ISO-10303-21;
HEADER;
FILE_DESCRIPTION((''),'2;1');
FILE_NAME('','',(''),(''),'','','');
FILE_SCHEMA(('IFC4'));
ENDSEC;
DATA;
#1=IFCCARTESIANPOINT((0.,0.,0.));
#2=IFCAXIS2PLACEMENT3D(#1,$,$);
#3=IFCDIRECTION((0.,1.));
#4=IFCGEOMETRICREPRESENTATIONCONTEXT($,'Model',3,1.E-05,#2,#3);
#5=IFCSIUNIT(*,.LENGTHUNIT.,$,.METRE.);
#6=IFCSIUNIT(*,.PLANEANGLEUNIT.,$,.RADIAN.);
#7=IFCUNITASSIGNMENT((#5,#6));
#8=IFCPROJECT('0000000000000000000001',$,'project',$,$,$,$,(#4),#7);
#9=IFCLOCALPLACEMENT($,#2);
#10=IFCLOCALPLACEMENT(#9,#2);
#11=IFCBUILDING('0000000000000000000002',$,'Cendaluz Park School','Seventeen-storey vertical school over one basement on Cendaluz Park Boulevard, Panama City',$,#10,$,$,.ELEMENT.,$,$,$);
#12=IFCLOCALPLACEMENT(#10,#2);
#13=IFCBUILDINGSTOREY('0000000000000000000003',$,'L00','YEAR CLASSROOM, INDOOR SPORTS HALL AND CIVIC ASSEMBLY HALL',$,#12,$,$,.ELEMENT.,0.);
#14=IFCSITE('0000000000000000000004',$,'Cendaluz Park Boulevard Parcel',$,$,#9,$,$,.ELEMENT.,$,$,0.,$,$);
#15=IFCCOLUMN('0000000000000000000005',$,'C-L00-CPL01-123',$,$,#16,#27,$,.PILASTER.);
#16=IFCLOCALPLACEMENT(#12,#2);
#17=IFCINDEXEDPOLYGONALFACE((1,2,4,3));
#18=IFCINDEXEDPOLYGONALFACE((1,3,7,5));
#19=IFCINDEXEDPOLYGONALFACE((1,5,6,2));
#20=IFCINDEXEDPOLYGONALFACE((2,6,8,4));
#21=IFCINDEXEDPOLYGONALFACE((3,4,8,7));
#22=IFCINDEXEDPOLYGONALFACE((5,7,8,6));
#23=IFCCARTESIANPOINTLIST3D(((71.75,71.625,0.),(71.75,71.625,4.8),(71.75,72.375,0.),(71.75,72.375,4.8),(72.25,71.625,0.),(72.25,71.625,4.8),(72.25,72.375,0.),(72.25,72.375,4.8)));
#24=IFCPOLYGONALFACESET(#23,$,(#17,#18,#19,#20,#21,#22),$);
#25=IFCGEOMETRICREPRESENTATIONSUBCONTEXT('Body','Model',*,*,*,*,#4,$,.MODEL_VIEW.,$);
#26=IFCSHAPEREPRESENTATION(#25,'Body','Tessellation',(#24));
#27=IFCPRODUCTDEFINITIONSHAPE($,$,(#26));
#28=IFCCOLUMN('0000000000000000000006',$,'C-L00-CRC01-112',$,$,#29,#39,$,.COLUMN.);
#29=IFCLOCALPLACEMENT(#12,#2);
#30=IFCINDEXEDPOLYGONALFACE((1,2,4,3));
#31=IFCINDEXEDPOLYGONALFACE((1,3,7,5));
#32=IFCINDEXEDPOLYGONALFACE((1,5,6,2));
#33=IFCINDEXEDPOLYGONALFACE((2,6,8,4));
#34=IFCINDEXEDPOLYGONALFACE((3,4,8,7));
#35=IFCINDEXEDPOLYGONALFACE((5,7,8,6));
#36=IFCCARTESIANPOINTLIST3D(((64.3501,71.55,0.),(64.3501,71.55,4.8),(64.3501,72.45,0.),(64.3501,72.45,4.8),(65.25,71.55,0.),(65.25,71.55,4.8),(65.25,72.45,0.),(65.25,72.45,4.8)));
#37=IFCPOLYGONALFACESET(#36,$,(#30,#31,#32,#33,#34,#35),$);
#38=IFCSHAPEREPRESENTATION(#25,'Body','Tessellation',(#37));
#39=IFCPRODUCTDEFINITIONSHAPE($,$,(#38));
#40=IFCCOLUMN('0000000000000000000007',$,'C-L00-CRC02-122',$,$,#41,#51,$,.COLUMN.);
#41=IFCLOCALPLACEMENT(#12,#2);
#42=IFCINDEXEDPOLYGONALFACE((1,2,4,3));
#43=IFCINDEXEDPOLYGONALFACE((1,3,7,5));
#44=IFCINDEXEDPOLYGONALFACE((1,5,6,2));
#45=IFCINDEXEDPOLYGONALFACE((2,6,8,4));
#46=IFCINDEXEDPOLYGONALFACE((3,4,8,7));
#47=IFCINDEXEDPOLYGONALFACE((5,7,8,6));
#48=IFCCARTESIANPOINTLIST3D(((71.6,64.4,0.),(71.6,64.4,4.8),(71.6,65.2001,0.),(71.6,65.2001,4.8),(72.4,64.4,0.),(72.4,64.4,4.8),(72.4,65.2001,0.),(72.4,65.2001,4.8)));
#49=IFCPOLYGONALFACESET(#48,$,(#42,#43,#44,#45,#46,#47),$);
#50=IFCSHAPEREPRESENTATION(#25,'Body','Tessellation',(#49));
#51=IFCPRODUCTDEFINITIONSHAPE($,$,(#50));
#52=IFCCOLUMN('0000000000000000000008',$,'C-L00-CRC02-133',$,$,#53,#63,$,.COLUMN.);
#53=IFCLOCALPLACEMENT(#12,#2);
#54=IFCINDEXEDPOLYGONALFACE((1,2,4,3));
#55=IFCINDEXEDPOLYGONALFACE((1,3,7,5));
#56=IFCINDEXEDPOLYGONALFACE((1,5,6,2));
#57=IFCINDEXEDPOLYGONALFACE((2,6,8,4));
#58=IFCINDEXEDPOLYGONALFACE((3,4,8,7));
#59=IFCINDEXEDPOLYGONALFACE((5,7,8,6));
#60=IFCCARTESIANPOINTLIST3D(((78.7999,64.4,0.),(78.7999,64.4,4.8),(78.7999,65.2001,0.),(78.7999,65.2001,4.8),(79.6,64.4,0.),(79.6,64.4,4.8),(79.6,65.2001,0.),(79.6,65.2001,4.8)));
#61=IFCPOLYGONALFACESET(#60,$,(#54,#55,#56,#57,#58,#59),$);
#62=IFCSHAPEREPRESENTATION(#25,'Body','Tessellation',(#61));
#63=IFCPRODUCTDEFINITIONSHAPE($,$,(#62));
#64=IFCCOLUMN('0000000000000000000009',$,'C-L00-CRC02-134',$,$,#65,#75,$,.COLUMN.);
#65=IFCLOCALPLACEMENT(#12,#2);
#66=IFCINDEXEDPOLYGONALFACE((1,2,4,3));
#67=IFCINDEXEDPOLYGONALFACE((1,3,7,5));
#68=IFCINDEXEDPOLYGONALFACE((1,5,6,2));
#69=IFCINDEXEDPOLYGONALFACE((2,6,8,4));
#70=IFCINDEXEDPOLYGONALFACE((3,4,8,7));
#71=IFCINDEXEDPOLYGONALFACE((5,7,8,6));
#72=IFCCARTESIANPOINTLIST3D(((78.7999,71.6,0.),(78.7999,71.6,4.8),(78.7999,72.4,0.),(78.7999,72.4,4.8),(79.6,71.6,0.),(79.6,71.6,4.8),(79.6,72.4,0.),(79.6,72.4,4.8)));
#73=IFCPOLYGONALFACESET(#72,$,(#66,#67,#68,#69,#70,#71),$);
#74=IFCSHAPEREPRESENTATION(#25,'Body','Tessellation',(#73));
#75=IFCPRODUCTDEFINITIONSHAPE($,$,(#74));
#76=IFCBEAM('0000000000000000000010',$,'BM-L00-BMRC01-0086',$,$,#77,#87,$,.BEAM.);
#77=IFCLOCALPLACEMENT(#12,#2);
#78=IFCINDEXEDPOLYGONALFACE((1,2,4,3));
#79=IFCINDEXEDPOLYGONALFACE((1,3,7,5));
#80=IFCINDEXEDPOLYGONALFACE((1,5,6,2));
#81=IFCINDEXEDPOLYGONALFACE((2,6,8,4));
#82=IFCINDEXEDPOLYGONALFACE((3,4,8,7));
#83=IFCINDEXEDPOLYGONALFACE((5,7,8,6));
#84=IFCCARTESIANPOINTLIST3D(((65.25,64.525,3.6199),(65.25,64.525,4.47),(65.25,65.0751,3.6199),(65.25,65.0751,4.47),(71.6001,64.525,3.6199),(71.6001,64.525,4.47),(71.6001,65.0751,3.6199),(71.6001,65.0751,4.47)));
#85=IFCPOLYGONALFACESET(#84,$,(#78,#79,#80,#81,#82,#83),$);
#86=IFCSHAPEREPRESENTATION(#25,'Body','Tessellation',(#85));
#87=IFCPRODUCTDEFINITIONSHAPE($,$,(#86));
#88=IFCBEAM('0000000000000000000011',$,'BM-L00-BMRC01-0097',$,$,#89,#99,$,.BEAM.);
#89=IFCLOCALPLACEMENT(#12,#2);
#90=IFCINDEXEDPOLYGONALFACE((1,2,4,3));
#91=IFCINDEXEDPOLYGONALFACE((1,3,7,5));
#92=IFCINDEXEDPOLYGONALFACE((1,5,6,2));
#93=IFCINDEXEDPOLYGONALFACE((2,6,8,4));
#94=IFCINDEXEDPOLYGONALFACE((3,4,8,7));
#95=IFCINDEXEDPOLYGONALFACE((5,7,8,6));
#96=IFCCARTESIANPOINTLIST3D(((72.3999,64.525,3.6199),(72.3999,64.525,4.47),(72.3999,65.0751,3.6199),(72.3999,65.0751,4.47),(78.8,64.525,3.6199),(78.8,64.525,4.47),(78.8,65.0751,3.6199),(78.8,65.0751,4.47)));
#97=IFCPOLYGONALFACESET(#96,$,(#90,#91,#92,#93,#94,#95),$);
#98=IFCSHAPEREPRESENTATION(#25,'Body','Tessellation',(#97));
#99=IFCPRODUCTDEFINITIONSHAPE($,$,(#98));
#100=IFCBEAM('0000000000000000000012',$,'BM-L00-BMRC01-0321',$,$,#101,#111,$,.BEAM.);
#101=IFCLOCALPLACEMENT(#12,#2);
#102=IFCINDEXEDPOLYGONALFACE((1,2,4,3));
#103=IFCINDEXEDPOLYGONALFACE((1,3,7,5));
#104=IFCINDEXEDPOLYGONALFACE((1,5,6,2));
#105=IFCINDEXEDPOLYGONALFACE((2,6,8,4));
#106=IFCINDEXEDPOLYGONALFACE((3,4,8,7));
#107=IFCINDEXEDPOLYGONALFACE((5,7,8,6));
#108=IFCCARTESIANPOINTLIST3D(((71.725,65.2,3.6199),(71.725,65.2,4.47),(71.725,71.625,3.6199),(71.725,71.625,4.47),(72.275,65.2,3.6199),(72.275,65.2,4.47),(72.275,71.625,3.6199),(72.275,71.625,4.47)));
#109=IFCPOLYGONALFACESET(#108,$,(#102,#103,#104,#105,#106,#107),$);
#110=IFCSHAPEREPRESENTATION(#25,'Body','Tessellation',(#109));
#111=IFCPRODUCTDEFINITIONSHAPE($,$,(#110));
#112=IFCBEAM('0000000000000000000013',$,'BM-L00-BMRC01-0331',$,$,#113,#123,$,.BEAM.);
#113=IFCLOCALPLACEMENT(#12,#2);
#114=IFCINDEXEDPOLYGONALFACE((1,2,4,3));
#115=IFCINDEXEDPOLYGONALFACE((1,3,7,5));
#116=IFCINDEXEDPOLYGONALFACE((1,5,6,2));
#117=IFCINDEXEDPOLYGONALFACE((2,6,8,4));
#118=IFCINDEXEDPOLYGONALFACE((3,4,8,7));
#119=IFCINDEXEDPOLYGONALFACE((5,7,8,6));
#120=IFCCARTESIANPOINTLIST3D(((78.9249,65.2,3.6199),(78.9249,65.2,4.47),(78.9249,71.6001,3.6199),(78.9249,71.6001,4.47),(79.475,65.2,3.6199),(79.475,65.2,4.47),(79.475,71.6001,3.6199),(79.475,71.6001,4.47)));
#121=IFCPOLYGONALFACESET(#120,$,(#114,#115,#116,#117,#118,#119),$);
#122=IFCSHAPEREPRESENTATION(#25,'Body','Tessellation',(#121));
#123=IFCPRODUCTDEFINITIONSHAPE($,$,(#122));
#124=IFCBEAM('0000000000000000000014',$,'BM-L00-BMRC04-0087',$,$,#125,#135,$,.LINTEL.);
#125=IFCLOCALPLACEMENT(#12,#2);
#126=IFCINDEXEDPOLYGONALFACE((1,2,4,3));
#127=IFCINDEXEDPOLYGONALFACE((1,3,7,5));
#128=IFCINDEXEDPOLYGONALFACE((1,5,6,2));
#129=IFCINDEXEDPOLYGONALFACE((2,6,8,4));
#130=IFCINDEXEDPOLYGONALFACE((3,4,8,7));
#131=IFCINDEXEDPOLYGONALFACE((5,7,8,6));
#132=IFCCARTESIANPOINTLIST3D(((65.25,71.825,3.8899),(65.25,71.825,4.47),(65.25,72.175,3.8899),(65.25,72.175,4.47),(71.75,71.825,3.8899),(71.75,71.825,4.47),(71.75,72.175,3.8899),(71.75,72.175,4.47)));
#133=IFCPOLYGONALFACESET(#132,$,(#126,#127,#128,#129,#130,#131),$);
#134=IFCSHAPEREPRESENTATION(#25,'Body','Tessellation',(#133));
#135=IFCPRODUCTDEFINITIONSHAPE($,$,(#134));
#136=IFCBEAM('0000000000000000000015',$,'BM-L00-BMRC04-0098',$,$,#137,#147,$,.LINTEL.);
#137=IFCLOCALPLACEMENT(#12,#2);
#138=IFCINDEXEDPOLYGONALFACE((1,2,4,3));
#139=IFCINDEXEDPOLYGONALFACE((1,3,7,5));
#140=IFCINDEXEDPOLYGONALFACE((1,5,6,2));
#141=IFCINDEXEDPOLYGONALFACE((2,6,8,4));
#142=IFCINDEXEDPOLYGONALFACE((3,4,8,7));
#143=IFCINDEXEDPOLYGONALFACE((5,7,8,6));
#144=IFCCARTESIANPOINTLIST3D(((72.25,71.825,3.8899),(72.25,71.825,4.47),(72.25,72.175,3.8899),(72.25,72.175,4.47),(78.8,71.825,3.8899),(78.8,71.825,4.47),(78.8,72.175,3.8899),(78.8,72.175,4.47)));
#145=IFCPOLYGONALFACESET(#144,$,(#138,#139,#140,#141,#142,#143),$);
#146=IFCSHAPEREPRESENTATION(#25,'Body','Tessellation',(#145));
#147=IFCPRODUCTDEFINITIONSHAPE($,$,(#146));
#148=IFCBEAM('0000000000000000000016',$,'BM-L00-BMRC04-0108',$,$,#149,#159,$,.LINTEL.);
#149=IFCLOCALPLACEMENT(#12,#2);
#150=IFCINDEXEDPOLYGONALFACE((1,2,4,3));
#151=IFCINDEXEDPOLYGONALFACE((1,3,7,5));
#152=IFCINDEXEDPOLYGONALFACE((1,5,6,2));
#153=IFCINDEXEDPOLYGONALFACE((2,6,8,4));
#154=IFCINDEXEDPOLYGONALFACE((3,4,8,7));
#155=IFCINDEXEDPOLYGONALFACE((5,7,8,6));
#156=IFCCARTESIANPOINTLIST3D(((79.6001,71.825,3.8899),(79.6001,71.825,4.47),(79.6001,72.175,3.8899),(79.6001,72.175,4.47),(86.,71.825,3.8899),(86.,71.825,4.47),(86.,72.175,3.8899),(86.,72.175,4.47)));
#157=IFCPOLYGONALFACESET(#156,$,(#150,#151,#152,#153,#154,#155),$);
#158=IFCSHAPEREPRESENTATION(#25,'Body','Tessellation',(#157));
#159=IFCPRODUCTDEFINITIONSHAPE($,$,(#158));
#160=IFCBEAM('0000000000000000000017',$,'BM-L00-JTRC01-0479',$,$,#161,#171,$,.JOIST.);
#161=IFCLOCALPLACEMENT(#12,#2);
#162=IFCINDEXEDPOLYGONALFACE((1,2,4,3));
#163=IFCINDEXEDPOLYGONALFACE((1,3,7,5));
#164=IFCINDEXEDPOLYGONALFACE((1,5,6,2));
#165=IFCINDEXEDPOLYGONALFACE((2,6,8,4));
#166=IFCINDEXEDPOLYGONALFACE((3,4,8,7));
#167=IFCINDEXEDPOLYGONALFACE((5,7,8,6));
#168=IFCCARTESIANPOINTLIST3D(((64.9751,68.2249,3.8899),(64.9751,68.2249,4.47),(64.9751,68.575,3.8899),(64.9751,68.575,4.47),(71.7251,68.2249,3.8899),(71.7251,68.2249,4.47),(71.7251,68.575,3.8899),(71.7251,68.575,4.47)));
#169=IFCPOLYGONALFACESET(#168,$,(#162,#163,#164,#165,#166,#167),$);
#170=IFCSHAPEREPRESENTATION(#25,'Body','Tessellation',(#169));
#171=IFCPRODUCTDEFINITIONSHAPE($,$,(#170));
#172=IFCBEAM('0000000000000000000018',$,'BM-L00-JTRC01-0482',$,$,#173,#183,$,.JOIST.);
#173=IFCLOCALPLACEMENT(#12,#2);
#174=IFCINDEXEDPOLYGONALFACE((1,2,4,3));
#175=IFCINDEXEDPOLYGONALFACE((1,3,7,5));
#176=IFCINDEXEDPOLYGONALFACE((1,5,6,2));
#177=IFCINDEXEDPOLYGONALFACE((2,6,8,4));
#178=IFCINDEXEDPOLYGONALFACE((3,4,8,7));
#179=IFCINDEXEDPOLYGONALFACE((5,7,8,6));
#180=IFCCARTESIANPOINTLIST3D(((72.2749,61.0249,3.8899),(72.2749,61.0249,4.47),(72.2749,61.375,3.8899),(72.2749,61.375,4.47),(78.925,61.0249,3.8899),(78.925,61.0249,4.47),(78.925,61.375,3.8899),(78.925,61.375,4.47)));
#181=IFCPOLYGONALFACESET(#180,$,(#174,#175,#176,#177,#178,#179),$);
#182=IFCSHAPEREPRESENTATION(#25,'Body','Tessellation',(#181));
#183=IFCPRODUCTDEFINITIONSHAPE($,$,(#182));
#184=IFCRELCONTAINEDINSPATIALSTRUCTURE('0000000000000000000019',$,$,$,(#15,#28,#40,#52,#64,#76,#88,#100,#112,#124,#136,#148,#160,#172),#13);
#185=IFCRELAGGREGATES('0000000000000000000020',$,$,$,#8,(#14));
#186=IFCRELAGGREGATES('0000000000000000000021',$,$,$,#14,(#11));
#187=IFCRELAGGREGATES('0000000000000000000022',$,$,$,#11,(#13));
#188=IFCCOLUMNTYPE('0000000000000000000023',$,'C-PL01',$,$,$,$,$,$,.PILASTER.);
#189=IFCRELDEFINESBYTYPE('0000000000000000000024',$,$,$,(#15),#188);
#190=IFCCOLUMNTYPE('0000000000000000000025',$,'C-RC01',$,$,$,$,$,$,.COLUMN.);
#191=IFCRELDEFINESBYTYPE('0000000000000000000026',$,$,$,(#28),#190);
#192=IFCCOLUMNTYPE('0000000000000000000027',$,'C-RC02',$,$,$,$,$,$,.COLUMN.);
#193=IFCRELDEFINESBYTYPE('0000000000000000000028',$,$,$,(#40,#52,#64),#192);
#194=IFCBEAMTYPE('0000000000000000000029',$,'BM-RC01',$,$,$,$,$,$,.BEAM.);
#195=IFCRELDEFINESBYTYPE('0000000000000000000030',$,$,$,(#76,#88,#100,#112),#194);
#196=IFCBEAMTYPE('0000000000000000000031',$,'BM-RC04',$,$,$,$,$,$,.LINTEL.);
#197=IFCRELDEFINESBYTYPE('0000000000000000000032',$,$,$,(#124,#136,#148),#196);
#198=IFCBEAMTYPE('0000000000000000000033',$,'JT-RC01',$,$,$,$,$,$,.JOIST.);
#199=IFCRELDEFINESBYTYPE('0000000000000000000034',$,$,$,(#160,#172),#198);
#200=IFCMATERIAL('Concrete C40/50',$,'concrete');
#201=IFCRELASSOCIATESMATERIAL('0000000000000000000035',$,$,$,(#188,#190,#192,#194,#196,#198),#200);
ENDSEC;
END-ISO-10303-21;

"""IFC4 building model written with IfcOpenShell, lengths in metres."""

from ifc_helpers import new_model, si_unit, direction, frame, origin, origin_2d, place, context, subcontext, project, spatial, rectangle, extrude, material, material_profile, profile_set, type_object, element, save


model = new_model("IFC4")

# Units and contexts
model_context = context("Model", 3, precision=1e-05, world=origin(), true_north=direction((0.0, 1.0)))
body_context = subcontext(model_context, "Body", "Model", "MODEL_VIEW")
ifc_project = project(units=[si_unit("LENGTHUNIT", "METRE"), si_unit("PLANEANGLEUNIT", "RADIAN")], contexts=[model_context])

# Site, building, storey
site_placement = place(None, origin())
site = spatial("IfcSite", under=ifc_project, at=site_placement, Name="Cendaluz Park Boulevard Parcel", CompositionType="ELEMENT", RefElevation=0.0)
building_placement = place(site_placement, origin())
building = spatial("IfcBuilding", under=site, at=building_placement, Name="Cendaluz Park School", Description="Seventeen-storey vertical school over one basement on Cendaluz Park Boulevard, Panama City", CompositionType="ELEMENT")
storey_placement = place(building_placement, origin())
storey = spatial("IfcBuildingStorey", under=building, at=storey_placement, Name="L00", Description="YEAR CLASSROOM, INDOOR SPORTS HALL AND CIVIC ASSEMBLY HALL", CompositionType="ELEMENT", Elevation=0.0)

# Columns
ifc_material_1 = material(Name="Concrete C40/50", Category="concrete")
ifc_material_profile_1 = material_profile(ifc_material_1, rectangle(XDim=0.5, YDim=0.75, at=origin_2d()), Name="RC 500x750", Category="concrete")
ifc_profile_set_1 = profile_set([ifc_material_profile_1], Name="Concrete C40/50")
column_type_1 = type_object("IfcColumnType", Name="C-PL01", PredefinedType="PILASTER", material=ifc_profile_set_1)
column_1_placement = place(storey_placement, frame((72.0, 72.0, 0.0), z_axis=(0.0, 0.0, 1.0), x_axis=(1.0, 0.0, 0.0)))
element("IfcColumn", 1, at=column_1_placement, inside=storey, type_object=column_type_1, Name="C-L00-CPL01-123", PredefinedType="PILASTER", context=body_context, shape_type="SweptSolid", body=[
    extrude(rectangle(XDim=0.5, YDim=0.75, at=origin_2d()), origin(), (0.0, 0.0, 1.0), 4.8),
])
ifc_material_profile_2 = material_profile(ifc_material_1, rectangle(XDim=0.8999, YDim=0.8999, at=origin_2d()), Name="RC 900x900", Category="concrete")
ifc_profile_set_2 = profile_set([ifc_material_profile_2], Name="Concrete C40/50")
column_type_2 = type_object("IfcColumnType", Name="C-RC01", PredefinedType="COLUMN", material=ifc_profile_set_2)
column_2_placement = place(storey_placement, frame((64.8, 72.0, 0.0), z_axis=(0.0, 0.0, 1.0), x_axis=(1.0, 0.0, 0.0)))
element("IfcColumn", 2, at=column_2_placement, inside=storey, type_object=column_type_2, Name="C-L00-CRC01-112", PredefinedType="COLUMN", context=body_context, shape_type="SweptSolid", body=[
    extrude(rectangle(XDim=0.8999, YDim=0.8999, at=origin_2d()), origin(), (0.0, 0.0, 1.0), 4.8),
])
ifc_material_profile_3 = material_profile(ifc_material_1, rectangle(XDim=0.8, YDim=0.8, at=origin_2d()), Name="RC 800x800", Category="concrete")
ifc_profile_set_3 = profile_set([ifc_material_profile_3], Name="Concrete C40/50")
column_type_3 = type_object("IfcColumnType", Name="C-RC02", PredefinedType="COLUMN", material=ifc_profile_set_3)
for number, where, z_axis, x_axis, name in (
    (3, (72.0, 64.8, 0.0), (0.0, 0.0, 1.0), (1.0, 0.0, 0.0), "C-L00-CRC02-122"),
    (4, (79.2, 64.8, 0.0), (0.0, 0.0, 1.0), (1.0, 0.0, 0.0), "C-L00-CRC02-133"),
    (5, (79.2, 72.0, 0.0), (0.0, 0.0, 1.0), (1.0, 0.0, 0.0), "C-L00-CRC02-134"),
):
    element("IfcColumn", number, at=place(storey_placement, frame(where, z_axis=z_axis, x_axis=x_axis)), inside=storey, type_object=column_type_3, Name=name, PredefinedType="COLUMN", context=body_context, shape_type="SweptSolid", body=[
        extrude(rectangle(XDim=0.8, YDim=0.8, at=origin_2d()), origin(), (0.0, 0.0, 1.0), 4.8),
    ])

# Beams
ifc_material_profile_4 = material_profile(ifc_material_1, rectangle(XDim=0.55, YDim=0.8501, at=origin_2d()), Name="RC 550x850", Category="concrete")
ifc_profile_set_4 = profile_set([ifc_material_profile_4], Name="Concrete C40/50")
beam_type_1 = type_object("IfcBeamType", Name="BM-RC01", PredefinedType="BEAM", material=ifc_profile_set_4)
beam_1_placement = place(storey_placement, frame((65.25, 64.8, 4.0449), z_axis=(1.0, 0.0, 0.0), x_axis=(0.0, 1.0, 0.0)))
element("IfcBeam", 6, at=beam_1_placement, inside=storey, type_object=beam_type_1, Name="BM-L00-BMRC01-0086", PredefinedType="BEAM", context=body_context, shape_type="SweptSolid", body=[
    extrude(rectangle(XDim=0.55, YDim=0.8501, at=origin_2d()), origin(), (0.0, 0.0, 1.0), 6.3501),
])
beam_2_placement = place(storey_placement, frame((72.3999, 64.8, 4.0449), z_axis=(1.0, 0.0, 0.0), x_axis=(0.0, 1.0, 0.0)))
element("IfcBeam", 7, at=beam_2_placement, inside=storey, type_object=beam_type_1, Name="BM-L00-BMRC01-0097", PredefinedType="BEAM", context=body_context, shape_type="SweptSolid", body=[
    extrude(rectangle(XDim=0.55, YDim=0.8501, at=origin_2d()), origin(), (0.0, 0.0, 1.0), 6.4001),
])
beam_3_placement = place(storey_placement, frame((72.0, 65.2, 4.0449), z_axis=(0.0, 1.0, 0.0), x_axis=(-1.0, 0.0, 0.0)))
element("IfcBeam", 8, at=beam_3_placement, inside=storey, type_object=beam_type_1, Name="BM-L00-BMRC01-0321", PredefinedType="BEAM", context=body_context, shape_type="SweptSolid", body=[
    extrude(rectangle(XDim=0.55, YDim=0.8501, at=origin_2d()), origin(), (0.0, 0.0, 1.0), 6.425),
])
beam_4_placement = place(storey_placement, frame((79.2, 65.2, 4.0449), z_axis=(0.0, 1.0, 0.0), x_axis=(-1.0, 0.0, 0.0)))
element("IfcBeam", 9, at=beam_4_placement, inside=storey, type_object=beam_type_1, Name="BM-L00-BMRC01-0331", PredefinedType="BEAM", context=body_context, shape_type="SweptSolid", body=[
    extrude(rectangle(XDim=0.55, YDim=0.8501, at=origin_2d()), origin(), (0.0, 0.0, 1.0), 6.4001),
])
ifc_material_profile_5 = material_profile(ifc_material_1, rectangle(XDim=0.3501, YDim=0.5801, at=origin_2d()), Name="RC 350x580", Category="concrete")
ifc_profile_set_5 = profile_set([ifc_material_profile_5], Name="Concrete C40/50")
beam_type_2 = type_object("IfcBeamType", Name="BM-RC04", PredefinedType="LINTEL", material=ifc_profile_set_5)
beam_5_placement = place(storey_placement, frame((65.25, 72.0, 4.1799), z_axis=(1.0, 0.0, 0.0), x_axis=(0.0, 1.0, 0.0)))
element("IfcBeam", 10, at=beam_5_placement, inside=storey, type_object=beam_type_2, Name="BM-L00-BMRC04-0087", PredefinedType="LINTEL", context=body_context, shape_type="SweptSolid", body=[
    extrude(rectangle(XDim=0.3501, YDim=0.5801, at=origin_2d()), origin(), (0.0, 0.0, 1.0), 6.5),
])
beam_6_placement = place(storey_placement, frame((72.25, 72.0, 4.1799), z_axis=(1.0, 0.0, 0.0), x_axis=(0.0, 1.0, 0.0)))
element("IfcBeam", 11, at=beam_6_placement, inside=storey, type_object=beam_type_2, Name="BM-L00-BMRC04-0098", PredefinedType="LINTEL", context=body_context, shape_type="SweptSolid", body=[
    extrude(rectangle(XDim=0.3501, YDim=0.5801, at=origin_2d()), origin(), (0.0, 0.0, 1.0), 6.55),
])
beam_7_placement = place(storey_placement, frame((79.6001, 72.0, 4.1799), z_axis=(1.0, 0.0, 0.0), x_axis=(0.0, 1.0, 0.0)))
element("IfcBeam", 12, at=beam_7_placement, inside=storey, type_object=beam_type_2, Name="BM-L00-BMRC04-0108", PredefinedType="LINTEL", context=body_context, shape_type="SweptSolid", body=[
    extrude(rectangle(XDim=0.3501, YDim=0.5801, at=origin_2d()), origin(), (0.0, 0.0, 1.0), 6.3999),
])
ifc_material_profile_6 = material_profile(ifc_material_1, rectangle(XDim=0.3501, YDim=0.5801, at=origin_2d()), Name="RC 350x580", Category="concrete")
ifc_profile_set_6 = profile_set([ifc_material_profile_6], Name="Concrete C40/50")
beam_type_3 = type_object("IfcBeamType", Name="JT-RC01", PredefinedType="JOIST", material=ifc_profile_set_6)
beam_8_placement = place(storey_placement, frame((64.9751, 68.3999, 4.1799), z_axis=(1.0, 0.0, 0.0), x_axis=(0.0, 1.0, 0.0)))
element("IfcBeam", 13, at=beam_8_placement, inside=storey, type_object=beam_type_3, Name="BM-L00-JTRC01-0479", PredefinedType="JOIST", context=body_context, shape_type="SweptSolid", body=[
    extrude(rectangle(XDim=0.3501, YDim=0.5801, at=origin_2d()), origin(), (0.0, 0.0, 1.0), 6.75),
])
beam_9_placement = place(storey_placement, frame((72.2749, 61.2, 4.1799), z_axis=(1.0, 0.0, 0.0), x_axis=(0.0, 1.0, 0.0)))
element("IfcBeam", 14, at=beam_9_placement, inside=storey, type_object=beam_type_3, Name="BM-L00-JTRC01-0482", PredefinedType="JOIST", context=body_context, shape_type="SweptSolid", body=[
    extrude(rectangle(XDim=0.3501, YDim=0.5801, at=origin_2d()), origin(), (0.0, 0.0, 1.0), 6.6501),
])

save(model, "model.ifc")
